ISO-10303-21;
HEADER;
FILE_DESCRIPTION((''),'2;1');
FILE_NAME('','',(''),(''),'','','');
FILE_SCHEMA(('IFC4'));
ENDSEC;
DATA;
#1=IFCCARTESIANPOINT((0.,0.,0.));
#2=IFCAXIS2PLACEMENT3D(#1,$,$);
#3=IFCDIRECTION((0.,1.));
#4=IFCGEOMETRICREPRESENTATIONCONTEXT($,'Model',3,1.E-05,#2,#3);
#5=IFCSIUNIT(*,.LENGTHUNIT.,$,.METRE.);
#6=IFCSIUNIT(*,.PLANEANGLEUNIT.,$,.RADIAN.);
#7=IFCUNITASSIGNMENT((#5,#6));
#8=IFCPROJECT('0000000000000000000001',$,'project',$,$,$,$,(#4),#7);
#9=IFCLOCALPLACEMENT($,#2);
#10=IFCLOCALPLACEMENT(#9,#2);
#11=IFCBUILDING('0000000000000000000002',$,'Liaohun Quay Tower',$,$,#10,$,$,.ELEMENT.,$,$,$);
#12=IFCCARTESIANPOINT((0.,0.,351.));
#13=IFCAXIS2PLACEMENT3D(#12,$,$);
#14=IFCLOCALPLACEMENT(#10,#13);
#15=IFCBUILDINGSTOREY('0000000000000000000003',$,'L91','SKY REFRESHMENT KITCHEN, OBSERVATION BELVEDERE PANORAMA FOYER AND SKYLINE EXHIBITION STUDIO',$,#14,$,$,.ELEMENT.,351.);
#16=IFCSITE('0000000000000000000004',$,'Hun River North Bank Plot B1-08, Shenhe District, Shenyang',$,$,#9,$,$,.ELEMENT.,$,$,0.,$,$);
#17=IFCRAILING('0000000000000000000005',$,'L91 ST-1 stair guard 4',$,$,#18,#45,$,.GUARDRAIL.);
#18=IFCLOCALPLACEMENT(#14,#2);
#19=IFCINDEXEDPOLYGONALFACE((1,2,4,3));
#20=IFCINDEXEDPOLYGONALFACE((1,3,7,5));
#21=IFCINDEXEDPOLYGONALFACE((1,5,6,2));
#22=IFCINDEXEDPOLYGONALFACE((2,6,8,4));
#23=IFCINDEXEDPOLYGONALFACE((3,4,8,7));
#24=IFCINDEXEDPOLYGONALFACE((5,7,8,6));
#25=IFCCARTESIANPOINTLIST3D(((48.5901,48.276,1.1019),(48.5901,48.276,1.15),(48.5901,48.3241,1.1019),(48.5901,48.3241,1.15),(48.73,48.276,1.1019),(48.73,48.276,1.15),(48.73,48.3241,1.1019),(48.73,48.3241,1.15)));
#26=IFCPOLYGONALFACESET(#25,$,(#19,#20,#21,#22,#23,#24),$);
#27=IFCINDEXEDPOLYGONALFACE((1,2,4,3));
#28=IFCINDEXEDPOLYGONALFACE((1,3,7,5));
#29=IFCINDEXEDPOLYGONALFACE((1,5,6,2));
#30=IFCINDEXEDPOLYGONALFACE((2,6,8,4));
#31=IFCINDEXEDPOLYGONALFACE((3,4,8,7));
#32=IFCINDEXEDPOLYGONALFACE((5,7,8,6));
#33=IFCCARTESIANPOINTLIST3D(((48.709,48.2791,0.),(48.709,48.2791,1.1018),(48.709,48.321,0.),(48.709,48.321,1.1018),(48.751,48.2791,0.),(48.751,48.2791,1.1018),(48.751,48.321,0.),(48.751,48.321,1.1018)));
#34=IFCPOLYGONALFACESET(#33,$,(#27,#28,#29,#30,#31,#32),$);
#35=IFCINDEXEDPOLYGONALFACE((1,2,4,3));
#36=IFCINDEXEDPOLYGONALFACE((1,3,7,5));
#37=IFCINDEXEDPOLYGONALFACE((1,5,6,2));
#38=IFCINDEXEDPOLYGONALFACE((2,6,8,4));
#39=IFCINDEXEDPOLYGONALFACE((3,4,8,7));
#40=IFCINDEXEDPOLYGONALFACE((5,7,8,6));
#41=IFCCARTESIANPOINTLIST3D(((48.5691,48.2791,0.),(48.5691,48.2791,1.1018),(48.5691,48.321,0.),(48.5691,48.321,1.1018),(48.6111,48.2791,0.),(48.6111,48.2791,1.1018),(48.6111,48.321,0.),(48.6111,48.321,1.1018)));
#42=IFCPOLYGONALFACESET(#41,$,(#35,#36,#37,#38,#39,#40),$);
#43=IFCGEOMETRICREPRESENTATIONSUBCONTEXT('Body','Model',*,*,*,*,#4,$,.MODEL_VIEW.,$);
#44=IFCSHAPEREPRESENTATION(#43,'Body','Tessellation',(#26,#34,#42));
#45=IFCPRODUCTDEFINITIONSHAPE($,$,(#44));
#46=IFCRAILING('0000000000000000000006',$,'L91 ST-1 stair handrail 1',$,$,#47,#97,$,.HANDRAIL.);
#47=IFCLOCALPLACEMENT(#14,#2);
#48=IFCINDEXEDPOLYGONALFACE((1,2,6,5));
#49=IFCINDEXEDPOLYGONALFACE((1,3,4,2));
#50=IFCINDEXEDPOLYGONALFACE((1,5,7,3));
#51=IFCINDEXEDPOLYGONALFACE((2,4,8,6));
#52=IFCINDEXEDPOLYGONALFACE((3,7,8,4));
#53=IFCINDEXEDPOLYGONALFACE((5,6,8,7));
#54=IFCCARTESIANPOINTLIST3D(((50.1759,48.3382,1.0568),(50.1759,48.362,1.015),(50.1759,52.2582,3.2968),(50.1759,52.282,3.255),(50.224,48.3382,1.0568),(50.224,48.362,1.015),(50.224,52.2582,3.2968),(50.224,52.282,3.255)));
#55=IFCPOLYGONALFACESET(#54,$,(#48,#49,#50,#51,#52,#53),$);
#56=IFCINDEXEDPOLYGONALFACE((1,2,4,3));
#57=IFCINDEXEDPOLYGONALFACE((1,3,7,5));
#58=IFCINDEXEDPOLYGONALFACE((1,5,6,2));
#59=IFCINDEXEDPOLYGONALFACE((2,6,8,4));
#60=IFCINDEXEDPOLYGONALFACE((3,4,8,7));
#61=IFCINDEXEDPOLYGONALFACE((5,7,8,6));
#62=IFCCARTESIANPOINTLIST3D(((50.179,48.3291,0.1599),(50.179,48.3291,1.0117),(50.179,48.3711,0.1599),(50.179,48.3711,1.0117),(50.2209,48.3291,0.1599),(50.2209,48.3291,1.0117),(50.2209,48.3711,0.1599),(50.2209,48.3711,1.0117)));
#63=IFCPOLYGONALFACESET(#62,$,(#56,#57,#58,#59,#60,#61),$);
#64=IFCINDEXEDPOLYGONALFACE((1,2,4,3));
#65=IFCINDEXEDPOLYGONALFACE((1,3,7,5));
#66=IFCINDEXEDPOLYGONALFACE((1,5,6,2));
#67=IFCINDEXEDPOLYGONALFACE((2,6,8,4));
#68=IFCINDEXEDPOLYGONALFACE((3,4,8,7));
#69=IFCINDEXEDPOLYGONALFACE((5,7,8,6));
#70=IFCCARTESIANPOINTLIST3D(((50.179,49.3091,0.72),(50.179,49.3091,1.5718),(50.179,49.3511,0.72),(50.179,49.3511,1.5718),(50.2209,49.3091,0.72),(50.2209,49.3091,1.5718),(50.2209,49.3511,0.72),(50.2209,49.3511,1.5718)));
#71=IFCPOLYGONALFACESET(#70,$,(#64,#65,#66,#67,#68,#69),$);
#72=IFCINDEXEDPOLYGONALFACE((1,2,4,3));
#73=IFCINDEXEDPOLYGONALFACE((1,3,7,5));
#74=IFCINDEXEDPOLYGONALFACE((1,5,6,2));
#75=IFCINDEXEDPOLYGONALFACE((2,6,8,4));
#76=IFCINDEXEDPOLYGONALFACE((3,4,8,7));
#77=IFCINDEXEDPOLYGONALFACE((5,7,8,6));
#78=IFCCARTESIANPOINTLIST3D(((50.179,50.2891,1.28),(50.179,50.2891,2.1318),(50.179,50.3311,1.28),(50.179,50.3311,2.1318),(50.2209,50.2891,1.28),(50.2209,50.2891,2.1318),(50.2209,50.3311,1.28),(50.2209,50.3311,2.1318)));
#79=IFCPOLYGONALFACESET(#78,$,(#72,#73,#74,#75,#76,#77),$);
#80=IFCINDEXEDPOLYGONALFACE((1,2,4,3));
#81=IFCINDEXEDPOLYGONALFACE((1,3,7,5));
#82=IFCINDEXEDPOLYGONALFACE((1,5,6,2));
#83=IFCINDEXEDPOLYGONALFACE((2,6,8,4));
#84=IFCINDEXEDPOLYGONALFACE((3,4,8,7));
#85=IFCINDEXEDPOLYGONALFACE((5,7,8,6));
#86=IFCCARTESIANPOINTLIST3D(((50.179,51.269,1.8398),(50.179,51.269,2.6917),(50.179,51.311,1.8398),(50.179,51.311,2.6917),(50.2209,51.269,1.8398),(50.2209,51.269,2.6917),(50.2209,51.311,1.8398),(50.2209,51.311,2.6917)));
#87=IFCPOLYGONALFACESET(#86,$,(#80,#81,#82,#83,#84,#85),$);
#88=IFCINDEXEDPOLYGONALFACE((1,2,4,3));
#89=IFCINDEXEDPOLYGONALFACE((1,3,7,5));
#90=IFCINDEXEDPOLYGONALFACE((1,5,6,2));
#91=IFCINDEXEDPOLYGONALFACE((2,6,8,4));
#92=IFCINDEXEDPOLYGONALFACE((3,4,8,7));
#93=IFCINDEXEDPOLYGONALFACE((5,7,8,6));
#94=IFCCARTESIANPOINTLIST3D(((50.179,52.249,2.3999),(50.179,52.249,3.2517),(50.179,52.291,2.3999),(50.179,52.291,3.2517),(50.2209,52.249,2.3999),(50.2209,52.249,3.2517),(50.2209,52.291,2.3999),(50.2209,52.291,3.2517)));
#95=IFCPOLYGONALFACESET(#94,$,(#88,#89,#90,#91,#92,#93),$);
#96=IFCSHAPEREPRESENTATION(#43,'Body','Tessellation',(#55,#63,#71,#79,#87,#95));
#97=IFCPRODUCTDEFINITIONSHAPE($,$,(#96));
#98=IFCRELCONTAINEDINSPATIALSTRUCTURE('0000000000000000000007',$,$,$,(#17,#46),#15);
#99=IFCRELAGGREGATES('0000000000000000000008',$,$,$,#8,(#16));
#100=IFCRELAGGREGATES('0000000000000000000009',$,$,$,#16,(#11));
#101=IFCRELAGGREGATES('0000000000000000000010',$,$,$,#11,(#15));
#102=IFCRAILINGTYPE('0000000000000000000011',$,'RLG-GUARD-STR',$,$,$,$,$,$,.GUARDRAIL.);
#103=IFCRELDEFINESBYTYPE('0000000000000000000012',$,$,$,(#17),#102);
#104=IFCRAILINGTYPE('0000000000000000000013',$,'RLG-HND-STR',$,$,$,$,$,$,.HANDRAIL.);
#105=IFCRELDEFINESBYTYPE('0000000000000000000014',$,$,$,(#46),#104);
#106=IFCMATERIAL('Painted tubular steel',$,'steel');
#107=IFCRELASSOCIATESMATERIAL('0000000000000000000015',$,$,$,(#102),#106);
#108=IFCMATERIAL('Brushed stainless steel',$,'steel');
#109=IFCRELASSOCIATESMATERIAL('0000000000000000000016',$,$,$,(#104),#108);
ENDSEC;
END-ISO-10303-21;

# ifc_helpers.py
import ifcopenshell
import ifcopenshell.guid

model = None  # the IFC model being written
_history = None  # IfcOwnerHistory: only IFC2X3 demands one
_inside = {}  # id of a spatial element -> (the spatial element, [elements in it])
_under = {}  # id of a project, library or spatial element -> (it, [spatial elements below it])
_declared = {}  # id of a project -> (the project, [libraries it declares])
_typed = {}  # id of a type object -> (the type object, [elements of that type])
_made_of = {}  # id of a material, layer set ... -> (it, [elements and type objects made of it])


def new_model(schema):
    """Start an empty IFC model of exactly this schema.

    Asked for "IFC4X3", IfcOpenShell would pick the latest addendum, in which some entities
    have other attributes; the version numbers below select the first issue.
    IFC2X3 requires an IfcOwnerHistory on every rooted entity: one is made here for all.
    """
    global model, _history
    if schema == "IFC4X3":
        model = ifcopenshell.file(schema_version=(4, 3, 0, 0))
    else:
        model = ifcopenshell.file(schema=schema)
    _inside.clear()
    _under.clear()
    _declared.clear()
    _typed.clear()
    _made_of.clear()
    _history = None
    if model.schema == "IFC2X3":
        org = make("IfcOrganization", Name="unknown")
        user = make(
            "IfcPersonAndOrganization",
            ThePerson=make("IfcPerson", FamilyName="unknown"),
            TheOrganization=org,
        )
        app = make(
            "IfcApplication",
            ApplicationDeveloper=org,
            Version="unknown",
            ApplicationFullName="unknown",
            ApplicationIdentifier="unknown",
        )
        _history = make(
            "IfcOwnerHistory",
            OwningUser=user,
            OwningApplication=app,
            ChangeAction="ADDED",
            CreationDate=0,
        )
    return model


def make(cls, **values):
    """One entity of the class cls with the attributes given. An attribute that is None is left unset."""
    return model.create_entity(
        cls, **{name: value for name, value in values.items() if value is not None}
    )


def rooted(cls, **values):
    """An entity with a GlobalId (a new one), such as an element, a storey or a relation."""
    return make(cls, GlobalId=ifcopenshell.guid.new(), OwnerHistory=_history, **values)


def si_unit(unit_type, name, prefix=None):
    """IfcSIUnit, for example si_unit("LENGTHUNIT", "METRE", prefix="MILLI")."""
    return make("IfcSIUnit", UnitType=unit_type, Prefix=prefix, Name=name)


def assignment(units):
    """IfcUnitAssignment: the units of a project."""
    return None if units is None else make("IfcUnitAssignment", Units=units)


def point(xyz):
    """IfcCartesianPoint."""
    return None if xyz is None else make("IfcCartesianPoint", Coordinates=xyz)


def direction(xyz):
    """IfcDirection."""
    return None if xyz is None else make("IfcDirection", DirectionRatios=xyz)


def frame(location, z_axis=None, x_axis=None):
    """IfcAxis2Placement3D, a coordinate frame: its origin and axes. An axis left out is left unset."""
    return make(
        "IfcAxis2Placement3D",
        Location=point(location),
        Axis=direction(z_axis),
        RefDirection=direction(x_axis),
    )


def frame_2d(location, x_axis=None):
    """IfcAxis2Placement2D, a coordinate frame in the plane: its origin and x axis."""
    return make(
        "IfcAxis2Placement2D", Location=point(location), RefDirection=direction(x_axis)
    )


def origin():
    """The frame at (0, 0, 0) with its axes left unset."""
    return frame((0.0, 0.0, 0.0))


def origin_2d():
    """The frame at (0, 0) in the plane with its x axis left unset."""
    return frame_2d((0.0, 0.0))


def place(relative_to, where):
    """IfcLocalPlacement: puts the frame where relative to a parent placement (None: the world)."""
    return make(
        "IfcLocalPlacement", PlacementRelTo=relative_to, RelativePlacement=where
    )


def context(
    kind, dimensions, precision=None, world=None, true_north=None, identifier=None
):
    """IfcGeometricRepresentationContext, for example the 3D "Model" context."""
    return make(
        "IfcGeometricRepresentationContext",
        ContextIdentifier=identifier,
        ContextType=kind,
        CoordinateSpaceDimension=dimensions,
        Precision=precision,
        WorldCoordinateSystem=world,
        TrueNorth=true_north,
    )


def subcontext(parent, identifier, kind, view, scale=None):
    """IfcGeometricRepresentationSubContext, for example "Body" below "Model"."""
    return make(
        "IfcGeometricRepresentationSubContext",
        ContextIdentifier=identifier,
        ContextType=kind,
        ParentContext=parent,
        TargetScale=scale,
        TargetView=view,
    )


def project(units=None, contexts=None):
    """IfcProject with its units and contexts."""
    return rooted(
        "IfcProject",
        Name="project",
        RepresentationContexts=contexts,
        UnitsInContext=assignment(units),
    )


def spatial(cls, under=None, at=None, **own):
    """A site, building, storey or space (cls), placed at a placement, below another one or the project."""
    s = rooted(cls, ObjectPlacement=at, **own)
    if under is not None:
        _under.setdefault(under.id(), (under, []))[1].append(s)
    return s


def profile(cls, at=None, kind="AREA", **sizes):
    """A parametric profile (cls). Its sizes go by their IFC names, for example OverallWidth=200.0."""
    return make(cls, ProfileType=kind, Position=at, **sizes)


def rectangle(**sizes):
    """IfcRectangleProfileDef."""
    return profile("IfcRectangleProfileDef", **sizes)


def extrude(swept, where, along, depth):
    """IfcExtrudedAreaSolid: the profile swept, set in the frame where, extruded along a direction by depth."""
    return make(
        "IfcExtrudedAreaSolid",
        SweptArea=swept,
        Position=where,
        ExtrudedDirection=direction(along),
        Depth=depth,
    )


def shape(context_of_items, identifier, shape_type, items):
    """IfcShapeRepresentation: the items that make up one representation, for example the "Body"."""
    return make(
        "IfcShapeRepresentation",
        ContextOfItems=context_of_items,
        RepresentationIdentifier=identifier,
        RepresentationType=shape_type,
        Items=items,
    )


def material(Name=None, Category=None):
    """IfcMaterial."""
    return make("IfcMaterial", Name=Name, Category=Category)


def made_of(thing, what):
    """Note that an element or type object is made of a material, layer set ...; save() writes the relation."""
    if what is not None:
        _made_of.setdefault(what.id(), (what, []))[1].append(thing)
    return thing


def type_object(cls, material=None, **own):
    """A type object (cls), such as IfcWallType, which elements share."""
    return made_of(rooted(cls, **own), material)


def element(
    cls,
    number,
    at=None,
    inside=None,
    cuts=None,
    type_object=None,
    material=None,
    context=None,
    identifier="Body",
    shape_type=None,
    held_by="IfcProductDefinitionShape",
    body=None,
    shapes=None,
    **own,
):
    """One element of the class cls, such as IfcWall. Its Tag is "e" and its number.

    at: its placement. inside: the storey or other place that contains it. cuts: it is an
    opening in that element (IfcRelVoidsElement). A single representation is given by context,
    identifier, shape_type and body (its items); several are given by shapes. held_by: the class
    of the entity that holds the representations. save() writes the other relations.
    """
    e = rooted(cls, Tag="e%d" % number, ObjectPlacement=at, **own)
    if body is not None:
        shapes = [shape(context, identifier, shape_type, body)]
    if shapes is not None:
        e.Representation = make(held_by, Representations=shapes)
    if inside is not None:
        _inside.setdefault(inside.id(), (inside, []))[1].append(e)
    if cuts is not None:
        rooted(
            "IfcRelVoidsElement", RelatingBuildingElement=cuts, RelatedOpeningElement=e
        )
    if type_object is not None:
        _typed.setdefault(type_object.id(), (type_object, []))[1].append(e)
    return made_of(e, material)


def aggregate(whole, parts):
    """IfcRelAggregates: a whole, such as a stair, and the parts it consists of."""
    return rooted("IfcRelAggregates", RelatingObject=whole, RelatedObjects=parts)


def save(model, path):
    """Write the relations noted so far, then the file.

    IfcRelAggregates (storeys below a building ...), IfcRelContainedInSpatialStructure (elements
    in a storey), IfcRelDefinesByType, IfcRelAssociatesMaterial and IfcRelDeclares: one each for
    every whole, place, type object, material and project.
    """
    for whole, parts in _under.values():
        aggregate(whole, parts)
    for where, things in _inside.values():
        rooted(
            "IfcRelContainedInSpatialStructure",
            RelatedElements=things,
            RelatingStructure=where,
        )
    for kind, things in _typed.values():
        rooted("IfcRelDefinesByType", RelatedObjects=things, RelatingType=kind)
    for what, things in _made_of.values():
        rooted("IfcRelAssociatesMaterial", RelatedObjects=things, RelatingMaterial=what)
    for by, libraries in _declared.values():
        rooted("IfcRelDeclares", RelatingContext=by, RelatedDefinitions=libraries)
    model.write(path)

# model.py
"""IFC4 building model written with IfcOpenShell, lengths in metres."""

from ifc_helpers import new_model, si_unit, direction, frame, origin, origin_2d, place, context, subcontext, project, spatial, rectangle, extrude, material, type_object, element, save


model = new_model("IFC4")

# Units and contexts
model_context = context("Model", 3, precision=1e-05, world=origin(), true_north=direction((0.0, 1.0)))
body_context = subcontext(model_context, "Body", "Model", "MODEL_VIEW")
ifc_project = project(units=[si_unit("LENGTHUNIT", "METRE"), si_unit("PLANEANGLEUNIT", "RADIAN")], contexts=[model_context])

# Site, building, storey
site_placement = place(None, origin())
site = spatial("IfcSite", under=ifc_project, at=site_placement, Name="Hun River North Bank Plot B1-08, Shenhe District, Shenyang", CompositionType="ELEMENT", RefElevation=0.0)
building_placement = place(site_placement, origin())
building = spatial("IfcBuilding", under=site, at=building_placement, Name="Liaohun Quay Tower", CompositionType="ELEMENT")
storey_placement = place(building_placement, frame((0.0, 0.0, 351.0)))
storey = spatial("IfcBuildingStorey", under=building, at=storey_placement, Name="L91", Description="SKY REFRESHMENT KITCHEN, OBSERVATION BELVEDERE PANORAMA FOYER AND SKYLINE EXHIBITION STUDIO", CompositionType="ELEMENT", Elevation=351.0)

# Railings
ifc_material_1 = material(Name="Painted tubular steel", Category="steel")
railing_type_1 = type_object("IfcRailingType", Name="RLG-GUARD-STR", PredefinedType="GUARDRAIL", material=ifc_material_1)
railing_1_placement = place(storey_placement, frame((48.73, 48.3, 0.0)))
element("IfcRailing", 1, at=railing_1_placement, inside=storey, type_object=railing_type_1, Name="L91 ST-1 stair guard 4", PredefinedType="GUARDRAIL", context=body_context, shape_type="SweptSolid", body=[
    extrude(rectangle(XDim=0.0481, YDim=0.0481, at=origin_2d()), frame((0.0, 0.0, 1.126), z_axis=(-1.0, 0.0, 0.0), x_axis=(0.0, -1.0, 0.0)), (0.0, 0.0, 1.0), 0.1399),
    extrude(rectangle(XDim=0.042, YDim=0.042, at=origin_2d()), origin(), (0.0, 0.0, 1.0), 1.1018),
    extrude(rectangle(XDim=0.042, YDim=0.042, at=origin_2d()), frame((-0.1399, 0.0, 0.0)), (0.0, 0.0, 1.0), 1.1018),
])
ifc_material_2 = material(Name="Brushed stainless steel", Category="steel")
railing_type_2 = type_object("IfcRailingType", Name="RLG-HND-STR", PredefinedType="HANDRAIL", material=ifc_material_2)
railing_2_placement = place(storey_placement, frame((50.2, 48.3501, 0.1599)))
element("IfcRailing", 2, at=railing_2_placement, inside=storey, type_object=railing_type_2, Name="L91 ST-1 stair handrail 1", PredefinedType="HANDRAIL", context=body_context, shape_type="SweptSolid", body=[
    extrude(rectangle(XDim=0.0481, YDim=0.0481, at=origin_2d()), frame((0.0, 0.0, 0.876), z_axis=(0.0, 0.86824, 0.496145), x_axis=(-1.0, 0.0, 0.0)), (0.0, 0.0, 1.0), 4.5149),
    extrude(rectangle(XDim=0.042, YDim=0.042, at=origin_2d()), origin(), (0.0, 0.0, 1.0), 0.8518),
    extrude(rectangle(XDim=0.042, YDim=0.042, at=origin_2d()), frame((0.0, 0.98, 0.5601)), (0.0, 0.0, 1.0), 0.8518),
    extrude(rectangle(XDim=0.042, YDim=0.042, at=origin_2d()), frame((0.0, 1.96, 1.1201)), (0.0, 0.0, 1.0), 0.8518),
    extrude(rectangle(XDim=0.042, YDim=0.042, at=origin_2d()), frame((0.0, 2.9399, 1.6799)), (0.0, 0.0, 1.0), 0.8518),
    extrude(rectangle(XDim=0.042, YDim=0.042, at=origin_2d()), frame((0.0, 3.9199, 2.24)), (0.0, 0.0, 1.0), 0.8518),
])

save(model, "model.ifc")
